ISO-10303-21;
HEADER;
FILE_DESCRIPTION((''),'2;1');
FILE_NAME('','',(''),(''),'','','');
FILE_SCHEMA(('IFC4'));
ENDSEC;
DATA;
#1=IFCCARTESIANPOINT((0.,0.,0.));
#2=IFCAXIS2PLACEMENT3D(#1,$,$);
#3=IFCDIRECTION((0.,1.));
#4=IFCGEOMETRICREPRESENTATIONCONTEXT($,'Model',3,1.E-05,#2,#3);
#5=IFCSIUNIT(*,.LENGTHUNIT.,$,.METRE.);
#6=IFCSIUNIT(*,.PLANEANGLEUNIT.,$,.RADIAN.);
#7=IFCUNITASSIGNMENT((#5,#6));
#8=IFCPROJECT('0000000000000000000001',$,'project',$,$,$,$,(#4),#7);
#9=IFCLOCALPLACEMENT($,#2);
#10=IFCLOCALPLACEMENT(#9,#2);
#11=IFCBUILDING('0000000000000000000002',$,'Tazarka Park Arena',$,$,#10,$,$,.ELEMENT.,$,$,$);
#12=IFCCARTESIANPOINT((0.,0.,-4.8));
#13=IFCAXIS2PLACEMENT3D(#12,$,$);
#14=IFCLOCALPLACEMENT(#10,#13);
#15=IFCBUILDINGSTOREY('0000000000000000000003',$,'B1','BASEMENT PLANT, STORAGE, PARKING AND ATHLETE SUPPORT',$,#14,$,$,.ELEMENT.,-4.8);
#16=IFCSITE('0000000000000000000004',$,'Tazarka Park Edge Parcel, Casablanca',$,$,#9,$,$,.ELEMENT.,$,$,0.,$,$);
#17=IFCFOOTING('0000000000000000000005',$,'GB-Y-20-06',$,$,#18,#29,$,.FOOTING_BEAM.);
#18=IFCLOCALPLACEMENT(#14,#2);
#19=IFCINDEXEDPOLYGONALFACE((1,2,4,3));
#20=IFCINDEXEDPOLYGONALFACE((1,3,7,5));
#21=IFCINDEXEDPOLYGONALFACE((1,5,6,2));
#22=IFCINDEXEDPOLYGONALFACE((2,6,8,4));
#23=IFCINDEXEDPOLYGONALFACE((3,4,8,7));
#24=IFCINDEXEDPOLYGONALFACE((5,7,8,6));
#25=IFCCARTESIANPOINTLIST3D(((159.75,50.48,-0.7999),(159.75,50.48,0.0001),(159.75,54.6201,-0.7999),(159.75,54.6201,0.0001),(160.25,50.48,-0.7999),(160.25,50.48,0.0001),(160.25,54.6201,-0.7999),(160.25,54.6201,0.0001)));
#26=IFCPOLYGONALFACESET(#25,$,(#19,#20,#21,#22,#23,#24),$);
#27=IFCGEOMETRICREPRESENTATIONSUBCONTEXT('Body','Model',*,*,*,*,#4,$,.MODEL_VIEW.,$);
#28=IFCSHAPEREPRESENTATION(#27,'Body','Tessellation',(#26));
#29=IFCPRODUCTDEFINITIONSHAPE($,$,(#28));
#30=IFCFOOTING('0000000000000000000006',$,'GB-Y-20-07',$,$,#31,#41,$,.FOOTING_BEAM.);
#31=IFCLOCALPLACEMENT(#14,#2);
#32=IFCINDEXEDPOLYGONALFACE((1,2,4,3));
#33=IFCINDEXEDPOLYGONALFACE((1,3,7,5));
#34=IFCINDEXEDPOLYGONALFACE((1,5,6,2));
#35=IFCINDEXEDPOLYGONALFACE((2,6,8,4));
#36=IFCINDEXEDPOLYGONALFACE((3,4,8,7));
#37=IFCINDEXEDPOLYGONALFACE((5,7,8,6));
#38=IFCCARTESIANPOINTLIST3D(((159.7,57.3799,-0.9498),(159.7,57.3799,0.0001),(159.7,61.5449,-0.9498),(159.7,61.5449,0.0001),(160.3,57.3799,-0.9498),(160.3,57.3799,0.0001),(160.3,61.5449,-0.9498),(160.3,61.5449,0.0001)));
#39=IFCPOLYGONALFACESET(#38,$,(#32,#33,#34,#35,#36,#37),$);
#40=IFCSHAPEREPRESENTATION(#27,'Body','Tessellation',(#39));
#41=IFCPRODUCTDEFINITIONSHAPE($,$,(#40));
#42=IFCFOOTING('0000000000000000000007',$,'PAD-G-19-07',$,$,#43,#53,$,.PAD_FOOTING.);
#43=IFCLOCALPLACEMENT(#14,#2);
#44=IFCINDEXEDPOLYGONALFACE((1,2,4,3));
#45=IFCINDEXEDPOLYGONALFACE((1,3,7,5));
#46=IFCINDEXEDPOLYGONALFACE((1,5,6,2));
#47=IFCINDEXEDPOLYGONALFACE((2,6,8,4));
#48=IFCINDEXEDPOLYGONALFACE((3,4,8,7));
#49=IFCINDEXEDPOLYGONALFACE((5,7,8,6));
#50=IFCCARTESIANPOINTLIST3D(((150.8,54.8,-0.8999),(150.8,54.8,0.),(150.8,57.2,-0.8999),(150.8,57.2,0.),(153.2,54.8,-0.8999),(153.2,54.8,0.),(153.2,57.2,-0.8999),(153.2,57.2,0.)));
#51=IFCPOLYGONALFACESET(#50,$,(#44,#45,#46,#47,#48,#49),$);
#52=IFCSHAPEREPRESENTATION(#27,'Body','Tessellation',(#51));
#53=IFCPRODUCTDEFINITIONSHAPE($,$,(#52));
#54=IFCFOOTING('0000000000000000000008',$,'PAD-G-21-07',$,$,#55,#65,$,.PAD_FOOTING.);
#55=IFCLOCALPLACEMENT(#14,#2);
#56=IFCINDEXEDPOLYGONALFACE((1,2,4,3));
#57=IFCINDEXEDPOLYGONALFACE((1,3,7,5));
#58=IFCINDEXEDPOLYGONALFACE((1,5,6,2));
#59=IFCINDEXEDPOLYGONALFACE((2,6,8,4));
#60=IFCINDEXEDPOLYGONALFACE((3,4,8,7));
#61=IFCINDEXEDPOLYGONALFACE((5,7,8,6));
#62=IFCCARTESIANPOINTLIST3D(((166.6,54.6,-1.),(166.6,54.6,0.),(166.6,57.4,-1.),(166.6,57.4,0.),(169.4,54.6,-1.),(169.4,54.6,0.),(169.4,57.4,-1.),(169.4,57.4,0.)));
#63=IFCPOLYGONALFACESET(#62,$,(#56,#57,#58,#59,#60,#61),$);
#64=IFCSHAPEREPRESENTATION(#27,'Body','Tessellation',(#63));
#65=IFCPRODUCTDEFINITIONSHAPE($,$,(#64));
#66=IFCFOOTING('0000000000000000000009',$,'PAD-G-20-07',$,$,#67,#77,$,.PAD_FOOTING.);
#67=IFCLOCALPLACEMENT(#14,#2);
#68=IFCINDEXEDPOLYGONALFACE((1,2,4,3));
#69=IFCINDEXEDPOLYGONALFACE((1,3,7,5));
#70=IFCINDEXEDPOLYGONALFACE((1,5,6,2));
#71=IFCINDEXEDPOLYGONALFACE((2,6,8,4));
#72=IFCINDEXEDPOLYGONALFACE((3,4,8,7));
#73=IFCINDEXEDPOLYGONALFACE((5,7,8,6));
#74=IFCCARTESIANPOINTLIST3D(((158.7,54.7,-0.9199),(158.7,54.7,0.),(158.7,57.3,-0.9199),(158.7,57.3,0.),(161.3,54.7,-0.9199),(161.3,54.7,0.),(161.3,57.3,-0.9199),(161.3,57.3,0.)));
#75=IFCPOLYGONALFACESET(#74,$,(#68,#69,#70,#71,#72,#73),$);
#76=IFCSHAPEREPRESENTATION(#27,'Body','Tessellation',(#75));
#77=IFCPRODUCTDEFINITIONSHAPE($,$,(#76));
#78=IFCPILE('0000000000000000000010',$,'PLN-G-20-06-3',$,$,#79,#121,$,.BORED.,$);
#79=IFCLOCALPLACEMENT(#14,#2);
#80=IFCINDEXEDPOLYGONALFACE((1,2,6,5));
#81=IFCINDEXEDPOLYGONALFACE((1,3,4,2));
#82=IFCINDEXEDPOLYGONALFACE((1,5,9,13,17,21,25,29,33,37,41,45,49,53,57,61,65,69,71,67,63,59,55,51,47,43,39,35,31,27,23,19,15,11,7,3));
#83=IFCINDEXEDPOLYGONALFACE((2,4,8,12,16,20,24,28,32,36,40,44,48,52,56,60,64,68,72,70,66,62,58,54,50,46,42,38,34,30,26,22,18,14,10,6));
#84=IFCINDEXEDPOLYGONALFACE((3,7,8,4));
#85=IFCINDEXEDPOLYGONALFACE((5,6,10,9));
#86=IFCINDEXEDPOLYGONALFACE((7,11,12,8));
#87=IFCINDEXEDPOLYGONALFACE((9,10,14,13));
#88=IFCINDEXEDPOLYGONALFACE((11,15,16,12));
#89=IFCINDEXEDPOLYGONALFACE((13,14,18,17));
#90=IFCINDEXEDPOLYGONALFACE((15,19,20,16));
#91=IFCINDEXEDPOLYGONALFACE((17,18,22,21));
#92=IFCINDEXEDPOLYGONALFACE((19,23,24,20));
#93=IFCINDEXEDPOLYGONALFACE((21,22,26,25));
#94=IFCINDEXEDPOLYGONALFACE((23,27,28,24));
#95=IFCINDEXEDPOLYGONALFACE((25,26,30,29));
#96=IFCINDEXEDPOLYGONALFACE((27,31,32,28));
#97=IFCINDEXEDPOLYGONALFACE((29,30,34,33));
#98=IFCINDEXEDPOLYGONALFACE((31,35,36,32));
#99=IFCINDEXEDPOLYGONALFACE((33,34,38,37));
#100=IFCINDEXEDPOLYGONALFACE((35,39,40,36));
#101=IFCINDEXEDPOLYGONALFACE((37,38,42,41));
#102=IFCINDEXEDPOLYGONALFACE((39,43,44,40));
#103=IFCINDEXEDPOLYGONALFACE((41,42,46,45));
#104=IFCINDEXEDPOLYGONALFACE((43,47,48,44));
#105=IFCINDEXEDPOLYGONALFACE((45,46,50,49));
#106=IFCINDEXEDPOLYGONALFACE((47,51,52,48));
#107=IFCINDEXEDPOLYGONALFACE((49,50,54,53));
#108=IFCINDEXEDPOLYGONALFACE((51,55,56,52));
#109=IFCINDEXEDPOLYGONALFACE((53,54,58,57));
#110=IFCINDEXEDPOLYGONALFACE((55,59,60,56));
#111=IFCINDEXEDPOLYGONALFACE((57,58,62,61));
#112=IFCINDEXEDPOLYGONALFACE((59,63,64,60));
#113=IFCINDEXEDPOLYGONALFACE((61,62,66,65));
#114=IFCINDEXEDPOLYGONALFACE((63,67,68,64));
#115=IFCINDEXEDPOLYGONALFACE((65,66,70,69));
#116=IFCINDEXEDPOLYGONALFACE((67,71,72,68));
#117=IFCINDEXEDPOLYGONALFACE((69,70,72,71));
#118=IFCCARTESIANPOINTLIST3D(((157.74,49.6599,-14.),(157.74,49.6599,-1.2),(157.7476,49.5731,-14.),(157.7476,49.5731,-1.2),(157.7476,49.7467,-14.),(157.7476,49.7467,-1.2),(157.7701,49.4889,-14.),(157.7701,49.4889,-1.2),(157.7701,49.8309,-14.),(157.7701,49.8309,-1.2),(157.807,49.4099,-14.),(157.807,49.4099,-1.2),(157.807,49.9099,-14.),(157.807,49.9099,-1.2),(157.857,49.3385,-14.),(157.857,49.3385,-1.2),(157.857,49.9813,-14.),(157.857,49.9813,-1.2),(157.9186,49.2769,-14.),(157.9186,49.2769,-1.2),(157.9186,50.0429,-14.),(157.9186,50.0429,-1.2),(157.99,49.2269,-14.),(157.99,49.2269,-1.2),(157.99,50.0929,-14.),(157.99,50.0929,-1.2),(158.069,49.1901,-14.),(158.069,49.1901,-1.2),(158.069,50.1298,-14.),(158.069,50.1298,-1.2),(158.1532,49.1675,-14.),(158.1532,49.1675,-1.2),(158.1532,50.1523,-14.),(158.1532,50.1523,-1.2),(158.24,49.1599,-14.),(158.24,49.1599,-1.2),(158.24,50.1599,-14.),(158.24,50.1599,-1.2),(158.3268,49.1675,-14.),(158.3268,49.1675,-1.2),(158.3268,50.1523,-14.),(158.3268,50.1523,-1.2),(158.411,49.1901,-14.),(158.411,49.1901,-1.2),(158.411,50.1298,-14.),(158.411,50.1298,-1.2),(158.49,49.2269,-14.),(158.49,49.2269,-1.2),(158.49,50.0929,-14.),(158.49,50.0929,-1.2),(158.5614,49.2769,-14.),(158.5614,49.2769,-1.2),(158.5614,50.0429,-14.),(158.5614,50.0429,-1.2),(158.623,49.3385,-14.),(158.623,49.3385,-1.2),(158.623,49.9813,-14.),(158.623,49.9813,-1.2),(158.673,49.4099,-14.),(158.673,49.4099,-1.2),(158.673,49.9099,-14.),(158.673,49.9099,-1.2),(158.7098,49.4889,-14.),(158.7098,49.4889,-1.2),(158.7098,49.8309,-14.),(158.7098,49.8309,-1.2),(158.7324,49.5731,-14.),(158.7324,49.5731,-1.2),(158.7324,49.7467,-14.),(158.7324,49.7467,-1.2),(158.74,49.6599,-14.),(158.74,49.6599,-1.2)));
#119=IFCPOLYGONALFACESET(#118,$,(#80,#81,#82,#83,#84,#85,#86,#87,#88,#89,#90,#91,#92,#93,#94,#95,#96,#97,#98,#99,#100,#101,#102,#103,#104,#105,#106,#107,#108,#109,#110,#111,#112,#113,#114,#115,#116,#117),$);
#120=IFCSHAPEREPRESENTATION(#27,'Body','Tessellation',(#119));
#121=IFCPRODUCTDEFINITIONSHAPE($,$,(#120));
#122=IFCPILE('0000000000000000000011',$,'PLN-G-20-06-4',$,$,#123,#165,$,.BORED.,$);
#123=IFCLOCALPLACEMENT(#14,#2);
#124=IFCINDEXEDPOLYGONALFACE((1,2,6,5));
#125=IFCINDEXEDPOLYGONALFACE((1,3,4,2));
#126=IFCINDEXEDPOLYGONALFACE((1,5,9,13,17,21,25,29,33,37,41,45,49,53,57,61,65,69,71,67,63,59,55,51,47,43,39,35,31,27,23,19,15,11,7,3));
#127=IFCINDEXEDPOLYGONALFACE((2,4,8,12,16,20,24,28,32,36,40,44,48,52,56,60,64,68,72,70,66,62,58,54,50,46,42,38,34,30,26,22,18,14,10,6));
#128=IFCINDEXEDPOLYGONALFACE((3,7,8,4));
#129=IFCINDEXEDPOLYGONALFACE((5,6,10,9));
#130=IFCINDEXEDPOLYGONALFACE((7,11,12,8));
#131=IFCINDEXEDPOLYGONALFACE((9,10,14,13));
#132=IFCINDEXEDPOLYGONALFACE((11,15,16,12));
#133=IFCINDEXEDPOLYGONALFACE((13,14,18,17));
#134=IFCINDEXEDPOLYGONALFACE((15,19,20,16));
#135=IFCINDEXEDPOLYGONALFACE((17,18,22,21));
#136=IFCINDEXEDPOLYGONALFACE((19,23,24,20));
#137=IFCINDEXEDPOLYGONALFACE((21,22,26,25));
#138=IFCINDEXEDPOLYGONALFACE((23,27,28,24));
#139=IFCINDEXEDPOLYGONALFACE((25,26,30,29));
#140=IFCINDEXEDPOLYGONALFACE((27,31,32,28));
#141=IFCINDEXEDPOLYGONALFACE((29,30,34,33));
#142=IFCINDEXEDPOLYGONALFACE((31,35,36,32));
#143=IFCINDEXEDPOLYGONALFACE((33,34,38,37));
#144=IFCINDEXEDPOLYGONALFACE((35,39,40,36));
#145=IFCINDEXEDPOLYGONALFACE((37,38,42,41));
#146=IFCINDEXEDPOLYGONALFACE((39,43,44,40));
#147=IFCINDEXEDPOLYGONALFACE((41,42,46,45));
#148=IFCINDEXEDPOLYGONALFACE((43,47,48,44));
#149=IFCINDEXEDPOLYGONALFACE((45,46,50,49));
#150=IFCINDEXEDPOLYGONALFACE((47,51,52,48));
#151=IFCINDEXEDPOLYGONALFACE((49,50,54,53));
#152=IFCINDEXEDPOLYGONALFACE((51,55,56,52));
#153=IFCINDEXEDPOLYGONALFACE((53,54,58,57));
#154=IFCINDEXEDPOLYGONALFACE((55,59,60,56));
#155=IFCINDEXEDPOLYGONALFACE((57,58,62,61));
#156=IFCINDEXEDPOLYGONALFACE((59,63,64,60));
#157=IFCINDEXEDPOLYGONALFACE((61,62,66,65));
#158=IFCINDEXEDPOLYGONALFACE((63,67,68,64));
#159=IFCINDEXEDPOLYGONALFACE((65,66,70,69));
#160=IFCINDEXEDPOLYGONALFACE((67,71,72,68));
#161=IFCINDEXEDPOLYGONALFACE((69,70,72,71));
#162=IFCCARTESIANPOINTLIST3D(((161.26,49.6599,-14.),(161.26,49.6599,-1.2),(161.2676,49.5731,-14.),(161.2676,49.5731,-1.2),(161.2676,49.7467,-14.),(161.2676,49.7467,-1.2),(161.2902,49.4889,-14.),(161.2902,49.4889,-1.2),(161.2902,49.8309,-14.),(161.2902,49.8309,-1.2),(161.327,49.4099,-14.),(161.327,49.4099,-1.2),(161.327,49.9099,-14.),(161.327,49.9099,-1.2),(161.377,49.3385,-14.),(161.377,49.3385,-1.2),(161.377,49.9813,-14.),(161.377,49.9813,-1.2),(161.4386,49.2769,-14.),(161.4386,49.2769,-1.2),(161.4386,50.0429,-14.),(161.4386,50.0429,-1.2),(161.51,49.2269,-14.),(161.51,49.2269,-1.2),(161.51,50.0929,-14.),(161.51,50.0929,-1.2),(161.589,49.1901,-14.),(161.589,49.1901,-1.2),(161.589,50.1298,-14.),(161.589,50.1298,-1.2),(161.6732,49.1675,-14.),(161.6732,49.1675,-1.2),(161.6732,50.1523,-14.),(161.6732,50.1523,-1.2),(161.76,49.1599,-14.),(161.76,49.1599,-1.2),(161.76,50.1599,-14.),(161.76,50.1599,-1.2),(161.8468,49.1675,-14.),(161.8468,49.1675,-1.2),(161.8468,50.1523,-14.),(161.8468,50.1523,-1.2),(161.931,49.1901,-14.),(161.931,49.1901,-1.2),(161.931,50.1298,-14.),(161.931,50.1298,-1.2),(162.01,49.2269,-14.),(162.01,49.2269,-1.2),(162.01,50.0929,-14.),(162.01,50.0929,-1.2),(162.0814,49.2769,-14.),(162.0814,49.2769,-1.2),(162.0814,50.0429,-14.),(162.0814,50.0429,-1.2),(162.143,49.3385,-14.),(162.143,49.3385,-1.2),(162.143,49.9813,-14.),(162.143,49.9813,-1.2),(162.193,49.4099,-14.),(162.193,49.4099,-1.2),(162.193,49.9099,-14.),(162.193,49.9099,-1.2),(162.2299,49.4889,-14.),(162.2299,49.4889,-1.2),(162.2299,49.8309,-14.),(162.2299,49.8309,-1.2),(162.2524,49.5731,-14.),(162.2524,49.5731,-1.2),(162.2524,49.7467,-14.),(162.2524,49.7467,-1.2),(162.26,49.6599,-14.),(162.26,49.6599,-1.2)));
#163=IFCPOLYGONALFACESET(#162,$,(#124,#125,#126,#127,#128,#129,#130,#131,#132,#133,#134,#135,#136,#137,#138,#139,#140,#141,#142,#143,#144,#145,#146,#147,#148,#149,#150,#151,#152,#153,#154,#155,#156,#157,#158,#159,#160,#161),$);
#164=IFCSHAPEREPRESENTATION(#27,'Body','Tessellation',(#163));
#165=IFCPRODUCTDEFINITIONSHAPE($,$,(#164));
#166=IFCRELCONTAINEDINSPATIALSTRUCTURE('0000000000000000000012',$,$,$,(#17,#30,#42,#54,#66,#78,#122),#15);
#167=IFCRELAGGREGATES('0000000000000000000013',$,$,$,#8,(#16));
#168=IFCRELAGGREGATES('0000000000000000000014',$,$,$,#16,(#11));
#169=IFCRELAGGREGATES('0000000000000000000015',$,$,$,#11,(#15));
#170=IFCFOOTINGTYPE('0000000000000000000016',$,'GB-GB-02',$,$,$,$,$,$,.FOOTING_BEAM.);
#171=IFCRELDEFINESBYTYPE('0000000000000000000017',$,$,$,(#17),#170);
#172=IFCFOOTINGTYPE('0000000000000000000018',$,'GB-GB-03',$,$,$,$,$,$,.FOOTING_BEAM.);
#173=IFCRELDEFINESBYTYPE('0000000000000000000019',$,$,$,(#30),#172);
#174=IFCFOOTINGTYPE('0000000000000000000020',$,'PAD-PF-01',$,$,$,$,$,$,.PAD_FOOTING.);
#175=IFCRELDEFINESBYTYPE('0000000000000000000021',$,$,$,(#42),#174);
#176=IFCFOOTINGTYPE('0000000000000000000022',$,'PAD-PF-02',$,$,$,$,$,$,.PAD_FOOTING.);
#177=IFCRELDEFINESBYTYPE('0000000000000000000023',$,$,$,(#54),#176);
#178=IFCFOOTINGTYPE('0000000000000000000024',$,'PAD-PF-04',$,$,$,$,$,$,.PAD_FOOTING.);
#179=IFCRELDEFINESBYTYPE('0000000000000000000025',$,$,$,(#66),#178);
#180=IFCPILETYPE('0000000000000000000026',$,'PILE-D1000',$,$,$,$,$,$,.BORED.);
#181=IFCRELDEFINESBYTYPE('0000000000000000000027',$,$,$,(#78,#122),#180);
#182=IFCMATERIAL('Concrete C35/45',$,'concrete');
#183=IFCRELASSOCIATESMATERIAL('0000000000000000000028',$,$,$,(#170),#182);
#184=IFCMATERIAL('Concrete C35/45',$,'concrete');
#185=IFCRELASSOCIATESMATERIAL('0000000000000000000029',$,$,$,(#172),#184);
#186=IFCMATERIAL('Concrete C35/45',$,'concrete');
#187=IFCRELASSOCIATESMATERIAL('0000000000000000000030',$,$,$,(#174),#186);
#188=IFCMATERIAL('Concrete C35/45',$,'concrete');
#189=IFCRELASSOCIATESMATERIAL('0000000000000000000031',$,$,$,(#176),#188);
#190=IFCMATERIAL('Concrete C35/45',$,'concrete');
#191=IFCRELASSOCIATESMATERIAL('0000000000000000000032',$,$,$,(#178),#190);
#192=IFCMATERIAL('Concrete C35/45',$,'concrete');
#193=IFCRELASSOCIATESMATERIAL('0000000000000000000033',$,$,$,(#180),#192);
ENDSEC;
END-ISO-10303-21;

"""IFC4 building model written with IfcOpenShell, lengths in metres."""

from ifc_helpers import new_model, si_unit, direction, frame, origin, origin_2d, place, context, subcontext, project, spatial, rectangle, circle, extrude, material, material_profile, profile_set, type_object, element, save


model = new_model("IFC4")

# Units and contexts
model_context = context("Model", 3, precision=1e-05, world=origin(), true_north=direction((0.0, 1.0)))
body_context = subcontext(model_context, "Body", "Model", "MODEL_VIEW")
ifc_project = project(units=[si_unit("LENGTHUNIT", "METRE"), si_unit("PLANEANGLEUNIT", "RADIAN")], contexts=[model_context])

# Site, building, storey
site_placement = place(None, origin())
site = spatial("IfcSite", under=ifc_project, at=site_placement, Name="Tazarka Park Edge Parcel, Casablanca", CompositionType="ELEMENT", RefElevation=0.0)
building_placement = place(site_placement, origin())
building = spatial("IfcBuilding", under=site, at=building_placement, Name="Tazarka Park Arena", CompositionType="ELEMENT")
storey_placement = place(building_placement, frame((0.0, 0.0, -4.8)))
storey = spatial("IfcBuildingStorey", under=building, at=storey_placement, Name="B1", Description="BASEMENT PLANT, STORAGE, PARKING AND ATHLETE SUPPORT", CompositionType="ELEMENT", Elevation=-4.8)

# Footings
ifc_material_1 = material(Name="Concrete C35/45", Category="concrete")
ifc_material_profile_1 = material_profile(ifc_material_1, rectangle(XDim=0.5, YDim=0.8, at=origin_2d()), Name="Concrete C35/45")
ifc_profile_set_1 = profile_set([ifc_material_profile_1], Name="Concrete C35/45")
footing_type_1 = type_object("IfcFootingType", Name="GB-GB-02", PredefinedType="FOOTING_BEAM", material=ifc_profile_set_1)
footing_1_placement = place(storey_placement, frame((160.0, 50.48, -0.3999), z_axis=(0.0, 1.0, 0.0), x_axis=(-1.0, 0.0, 0.0)))
element("IfcFooting", 1, at=footing_1_placement, inside=storey, type_object=footing_type_1, Name="GB-Y-20-06", PredefinedType="FOOTING_BEAM", context=body_context, shape_type="SweptSolid", body=[
    extrude(rectangle(XDim=0.5, YDim=0.8, at=origin_2d()), origin(), (0.0, 0.0, 1.0), 4.1401),
])
ifc_material_2 = material(Name="Concrete C35/45", Category="concrete")
ifc_material_profile_2 = material_profile(ifc_material_2, rectangle(XDim=0.6001, YDim=0.95, at=origin_2d()), Name="Concrete C35/45")
ifc_profile_set_2 = profile_set([ifc_material_profile_2], Name="Concrete C35/45")
footing_type_2 = type_object("IfcFootingType", Name="GB-GB-03", PredefinedType="FOOTING_BEAM", material=ifc_profile_set_2)
footing_2_placement = place(storey_placement, frame((160.0, 57.3799, -0.4749), z_axis=(0.0, 1.0, 0.0), x_axis=(-1.0, 0.0, 0.0)))
element("IfcFooting", 2, at=footing_2_placement, inside=storey, type_object=footing_type_2, Name="GB-Y-20-07", PredefinedType="FOOTING_BEAM", context=body_context, shape_type="SweptSolid", body=[
    extrude(rectangle(XDim=0.6001, YDim=0.95, at=origin_2d()), origin(), (0.0, 0.0, 1.0), 4.165),
])
ifc_material_3 = material(Name="Concrete C35/45", Category="concrete")
footing_type_3 = type_object("IfcFootingType", Name="PAD-PF-01", PredefinedType="PAD_FOOTING", material=ifc_material_3)
footing_3_placement = place(storey_placement, frame((152.0, 56.0, -0.8999), z_axis=(0.0, 0.0, 1.0), x_axis=(1.0, 0.0, 0.0)))
element("IfcFooting", 3, at=footing_3_placement, inside=storey, type_object=footing_type_3, Name="PAD-G-19-07", PredefinedType="PAD_FOOTING", context=body_context, shape_type="SweptSolid", body=[
    extrude(rectangle(XDim=2.3999, YDim=2.3999, at=origin_2d()), origin(), (0.0, 0.0, 1.0), 0.8999),
])
ifc_material_4 = material(Name="Concrete C35/45", Category="concrete")
footing_type_4 = type_object("IfcFootingType", Name="PAD-PF-02", PredefinedType="PAD_FOOTING", material=ifc_material_4)
footing_4_placement = place(storey_placement, frame((168.0, 56.0, -1.0), z_axis=(0.0, 0.0, 1.0), x_axis=(1.0, 0.0, 0.0)))
element("IfcFooting", 4, at=footing_4_placement, inside=storey, type_object=footing_type_4, Name="PAD-G-21-07", PredefinedType="PAD_FOOTING", context=body_context, shape_type="SweptSolid", body=[
    extrude(rectangle(XDim=2.8, YDim=2.8, at=origin_2d()), origin(), (0.0, 0.0, 1.0), 1.0),
])
ifc_material_5 = material(Name="Concrete C35/45", Category="concrete")
footing_type_5 = type_object("IfcFootingType", Name="PAD-PF-04", PredefinedType="PAD_FOOTING", material=ifc_material_5)
footing_5_placement = place(storey_placement, frame((160.0, 56.0, -0.9199), z_axis=(0.0, 0.0, 1.0), x_axis=(1.0, 0.0, 0.0)))
element("IfcFooting", 5, at=footing_5_placement, inside=storey, type_object=footing_type_5, Name="PAD-G-20-07", PredefinedType="PAD_FOOTING", context=body_context, shape_type="SweptSolid", body=[
    extrude(rectangle(XDim=2.6001, YDim=2.6001, at=origin_2d()), origin(), (0.0, 0.0, 1.0), 0.9199),
])

# Piles
ifc_material_6 = material(Name="Concrete C35/45", Category="concrete")
ifc_material_profile_3 = material_profile(ifc_material_6, circle(Radius=0.5, at=origin_2d()), Name="Concrete C35/45")
ifc_profile_set_3 = profile_set([ifc_material_profile_3], Name="Concrete C35/45")
pile_type_1 = type_object("IfcPileType", Name="PILE-D1000", PredefinedType="BORED", material=ifc_profile_set_3)
for number, where, z_axis, x_axis, name in (
    (6, (158.24, 49.6599, -1.2), (0.0, 0.0, -1.0), (1.0, 0.0, 0.0), "PLN-G-20-06-3"),
    (7, (161.76, 49.6599, -1.2), (0.0, 0.0, -1.0), (1.0, 0.0, 0.0), "PLN-G-20-06-4"),
):
    element("IfcPile", number, at=place(storey_placement, frame(where, z_axis=z_axis, x_axis=x_axis)), inside=storey, type_object=pile_type_1, Name=name, PredefinedType="BORED", context=body_context, shape_type="SweptSolid", body=[
        extrude(circle(Radius=0.5, at=origin_2d()), origin(), (0.0, 0.0, 1.0), 12.8),
    ])

save(model, "model.ifc")
